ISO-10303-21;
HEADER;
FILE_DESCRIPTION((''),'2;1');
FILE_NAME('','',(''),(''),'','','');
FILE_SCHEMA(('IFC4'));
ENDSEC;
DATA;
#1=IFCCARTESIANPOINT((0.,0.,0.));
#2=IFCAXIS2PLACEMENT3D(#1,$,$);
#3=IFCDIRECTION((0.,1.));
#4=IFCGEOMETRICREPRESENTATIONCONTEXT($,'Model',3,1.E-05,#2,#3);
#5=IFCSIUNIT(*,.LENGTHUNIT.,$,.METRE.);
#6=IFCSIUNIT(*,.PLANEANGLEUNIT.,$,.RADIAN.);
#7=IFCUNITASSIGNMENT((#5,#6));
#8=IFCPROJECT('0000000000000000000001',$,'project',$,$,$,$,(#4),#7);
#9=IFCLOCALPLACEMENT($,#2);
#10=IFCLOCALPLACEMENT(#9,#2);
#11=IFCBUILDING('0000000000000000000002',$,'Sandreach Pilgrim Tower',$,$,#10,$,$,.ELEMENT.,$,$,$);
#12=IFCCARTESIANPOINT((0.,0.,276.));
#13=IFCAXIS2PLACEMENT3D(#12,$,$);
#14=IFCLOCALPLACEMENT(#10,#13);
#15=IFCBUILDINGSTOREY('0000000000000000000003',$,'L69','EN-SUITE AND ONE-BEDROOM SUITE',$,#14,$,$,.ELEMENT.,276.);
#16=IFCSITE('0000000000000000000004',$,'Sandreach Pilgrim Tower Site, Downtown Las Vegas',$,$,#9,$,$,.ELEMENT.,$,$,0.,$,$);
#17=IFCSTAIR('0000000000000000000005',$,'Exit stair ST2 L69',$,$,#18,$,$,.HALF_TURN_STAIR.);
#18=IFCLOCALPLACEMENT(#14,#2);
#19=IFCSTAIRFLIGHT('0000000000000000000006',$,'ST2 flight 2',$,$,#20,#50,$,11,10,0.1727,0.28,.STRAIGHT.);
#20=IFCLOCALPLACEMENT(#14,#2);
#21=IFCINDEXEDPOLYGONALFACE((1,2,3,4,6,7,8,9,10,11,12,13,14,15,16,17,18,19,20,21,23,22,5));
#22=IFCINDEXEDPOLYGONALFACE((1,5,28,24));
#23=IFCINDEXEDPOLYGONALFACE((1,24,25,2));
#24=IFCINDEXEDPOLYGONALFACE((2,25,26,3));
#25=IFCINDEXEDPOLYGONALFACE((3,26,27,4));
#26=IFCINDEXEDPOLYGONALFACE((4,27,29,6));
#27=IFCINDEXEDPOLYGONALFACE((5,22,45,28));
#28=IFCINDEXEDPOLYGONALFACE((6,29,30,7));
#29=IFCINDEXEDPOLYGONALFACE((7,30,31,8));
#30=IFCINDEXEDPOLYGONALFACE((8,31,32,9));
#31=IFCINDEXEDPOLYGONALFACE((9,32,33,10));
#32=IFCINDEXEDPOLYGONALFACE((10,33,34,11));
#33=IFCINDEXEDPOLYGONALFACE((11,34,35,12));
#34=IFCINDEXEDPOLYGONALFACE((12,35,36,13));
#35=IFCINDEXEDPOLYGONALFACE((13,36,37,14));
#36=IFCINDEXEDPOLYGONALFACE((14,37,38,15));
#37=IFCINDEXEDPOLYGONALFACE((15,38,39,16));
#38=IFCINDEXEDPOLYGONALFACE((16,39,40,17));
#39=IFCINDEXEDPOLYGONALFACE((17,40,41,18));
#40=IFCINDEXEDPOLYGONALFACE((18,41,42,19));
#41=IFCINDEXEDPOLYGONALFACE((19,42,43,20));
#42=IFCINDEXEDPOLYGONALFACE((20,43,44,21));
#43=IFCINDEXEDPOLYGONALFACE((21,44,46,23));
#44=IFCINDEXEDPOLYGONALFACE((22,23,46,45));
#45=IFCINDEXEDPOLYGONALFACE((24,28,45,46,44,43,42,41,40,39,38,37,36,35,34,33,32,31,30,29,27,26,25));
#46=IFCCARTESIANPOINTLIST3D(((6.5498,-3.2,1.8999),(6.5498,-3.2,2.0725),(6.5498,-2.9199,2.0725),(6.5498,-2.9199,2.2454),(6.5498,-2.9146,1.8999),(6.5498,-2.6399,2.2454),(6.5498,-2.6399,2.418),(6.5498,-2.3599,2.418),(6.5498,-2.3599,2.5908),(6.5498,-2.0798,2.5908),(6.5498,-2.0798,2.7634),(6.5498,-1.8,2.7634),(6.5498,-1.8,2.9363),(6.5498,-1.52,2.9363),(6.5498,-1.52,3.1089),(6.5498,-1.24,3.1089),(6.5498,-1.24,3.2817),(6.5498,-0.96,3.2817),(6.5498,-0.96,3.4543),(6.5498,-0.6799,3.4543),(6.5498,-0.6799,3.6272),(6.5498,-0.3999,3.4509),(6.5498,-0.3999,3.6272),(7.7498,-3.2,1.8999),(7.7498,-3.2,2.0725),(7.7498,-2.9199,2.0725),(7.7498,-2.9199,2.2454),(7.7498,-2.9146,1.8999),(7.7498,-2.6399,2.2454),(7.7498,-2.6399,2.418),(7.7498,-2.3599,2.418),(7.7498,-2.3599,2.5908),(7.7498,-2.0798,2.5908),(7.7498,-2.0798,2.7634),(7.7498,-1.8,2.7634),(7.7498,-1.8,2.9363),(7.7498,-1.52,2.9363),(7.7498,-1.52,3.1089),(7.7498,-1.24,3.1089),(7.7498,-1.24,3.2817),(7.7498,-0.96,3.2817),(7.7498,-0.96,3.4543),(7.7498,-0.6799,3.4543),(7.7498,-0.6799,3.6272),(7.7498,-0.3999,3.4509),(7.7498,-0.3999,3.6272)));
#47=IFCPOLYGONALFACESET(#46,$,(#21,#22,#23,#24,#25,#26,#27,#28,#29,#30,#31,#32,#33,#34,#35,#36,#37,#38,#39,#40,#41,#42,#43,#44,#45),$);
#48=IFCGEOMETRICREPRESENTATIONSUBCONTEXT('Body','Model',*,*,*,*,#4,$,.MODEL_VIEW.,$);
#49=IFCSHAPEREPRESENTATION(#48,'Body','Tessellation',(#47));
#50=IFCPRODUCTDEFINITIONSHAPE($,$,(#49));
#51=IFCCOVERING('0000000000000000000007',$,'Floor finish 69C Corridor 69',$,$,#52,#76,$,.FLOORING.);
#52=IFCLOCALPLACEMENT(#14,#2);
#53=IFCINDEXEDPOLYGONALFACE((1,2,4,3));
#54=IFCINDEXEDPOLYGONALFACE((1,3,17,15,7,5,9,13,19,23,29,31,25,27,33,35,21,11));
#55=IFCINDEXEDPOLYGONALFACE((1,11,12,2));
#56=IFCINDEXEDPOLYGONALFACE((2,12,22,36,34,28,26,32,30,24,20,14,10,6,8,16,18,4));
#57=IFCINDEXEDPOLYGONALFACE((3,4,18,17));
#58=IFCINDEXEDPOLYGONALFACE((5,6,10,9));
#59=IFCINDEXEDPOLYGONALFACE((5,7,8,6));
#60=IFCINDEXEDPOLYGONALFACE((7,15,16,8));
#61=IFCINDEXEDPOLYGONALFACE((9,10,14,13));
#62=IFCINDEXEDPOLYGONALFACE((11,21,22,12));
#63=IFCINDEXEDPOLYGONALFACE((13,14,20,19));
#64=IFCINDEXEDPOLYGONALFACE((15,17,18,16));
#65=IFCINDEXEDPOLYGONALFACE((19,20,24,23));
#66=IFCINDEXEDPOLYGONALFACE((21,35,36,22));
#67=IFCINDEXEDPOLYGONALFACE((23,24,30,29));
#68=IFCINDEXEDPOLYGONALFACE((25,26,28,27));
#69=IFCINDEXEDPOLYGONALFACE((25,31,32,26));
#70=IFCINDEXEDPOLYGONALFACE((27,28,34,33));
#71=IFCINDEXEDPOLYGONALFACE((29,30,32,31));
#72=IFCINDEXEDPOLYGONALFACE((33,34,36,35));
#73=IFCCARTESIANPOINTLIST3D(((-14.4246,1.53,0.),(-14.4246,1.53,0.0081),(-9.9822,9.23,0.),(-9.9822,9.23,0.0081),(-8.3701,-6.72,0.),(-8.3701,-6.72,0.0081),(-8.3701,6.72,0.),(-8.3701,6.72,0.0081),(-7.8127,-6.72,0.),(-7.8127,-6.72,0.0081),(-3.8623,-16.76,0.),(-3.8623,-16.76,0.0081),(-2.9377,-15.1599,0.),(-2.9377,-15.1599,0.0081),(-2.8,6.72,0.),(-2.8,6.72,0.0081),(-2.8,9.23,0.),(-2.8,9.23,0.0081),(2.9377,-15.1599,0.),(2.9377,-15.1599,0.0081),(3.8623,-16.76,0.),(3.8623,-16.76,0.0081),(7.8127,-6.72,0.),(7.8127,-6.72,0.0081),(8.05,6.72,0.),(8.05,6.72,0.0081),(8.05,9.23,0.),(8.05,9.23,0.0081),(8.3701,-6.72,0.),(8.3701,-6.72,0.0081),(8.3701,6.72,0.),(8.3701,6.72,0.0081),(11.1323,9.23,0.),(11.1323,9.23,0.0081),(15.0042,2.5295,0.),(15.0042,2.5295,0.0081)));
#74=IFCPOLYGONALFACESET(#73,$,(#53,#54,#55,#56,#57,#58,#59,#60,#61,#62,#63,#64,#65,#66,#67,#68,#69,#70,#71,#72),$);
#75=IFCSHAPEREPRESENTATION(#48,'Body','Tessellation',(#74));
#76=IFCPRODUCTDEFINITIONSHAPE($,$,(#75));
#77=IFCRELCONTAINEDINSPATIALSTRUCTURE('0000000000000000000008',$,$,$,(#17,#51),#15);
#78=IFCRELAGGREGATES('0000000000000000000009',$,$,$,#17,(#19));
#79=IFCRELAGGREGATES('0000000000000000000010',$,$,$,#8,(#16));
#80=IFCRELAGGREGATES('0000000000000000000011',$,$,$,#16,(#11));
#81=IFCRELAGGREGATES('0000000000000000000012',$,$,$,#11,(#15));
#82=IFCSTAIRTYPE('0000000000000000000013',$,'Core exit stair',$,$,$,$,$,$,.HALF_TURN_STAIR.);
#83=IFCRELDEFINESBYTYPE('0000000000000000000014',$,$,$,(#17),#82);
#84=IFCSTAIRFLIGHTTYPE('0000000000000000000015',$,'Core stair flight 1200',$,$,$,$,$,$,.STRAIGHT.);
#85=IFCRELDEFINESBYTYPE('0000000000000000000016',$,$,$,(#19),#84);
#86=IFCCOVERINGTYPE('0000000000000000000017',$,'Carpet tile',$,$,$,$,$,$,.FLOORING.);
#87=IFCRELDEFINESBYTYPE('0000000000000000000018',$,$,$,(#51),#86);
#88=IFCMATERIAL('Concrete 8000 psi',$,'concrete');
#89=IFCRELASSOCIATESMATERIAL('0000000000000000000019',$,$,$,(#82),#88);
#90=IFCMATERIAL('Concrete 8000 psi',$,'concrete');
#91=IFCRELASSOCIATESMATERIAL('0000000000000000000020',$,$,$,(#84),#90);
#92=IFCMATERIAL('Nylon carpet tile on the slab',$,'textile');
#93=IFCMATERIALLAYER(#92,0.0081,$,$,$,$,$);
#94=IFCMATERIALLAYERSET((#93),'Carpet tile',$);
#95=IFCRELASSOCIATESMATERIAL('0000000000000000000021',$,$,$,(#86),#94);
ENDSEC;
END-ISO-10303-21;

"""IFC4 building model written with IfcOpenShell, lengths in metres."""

from ifc_helpers import new_model, si_unit, direction, frame, origin, place, context, subcontext, project, spatial, polyline, outline, extrude, material, layer, layer_set, type_object, element, aggregate, save


model = new_model("IFC4")

# Units and contexts
model_context = context("Model", 3, precision=1e-05, world=origin(), true_north=direction((0.0, 1.0)))
body_context = subcontext(model_context, "Body", "Model", "MODEL_VIEW")
ifc_project = project(units=[si_unit("LENGTHUNIT", "METRE"), si_unit("PLANEANGLEUNIT", "RADIAN")], contexts=[model_context])

# Site, building, storey
site_placement = place(None, origin())
site = spatial("IfcSite", under=ifc_project, at=site_placement, Name="Sandreach Pilgrim Tower Site, Downtown Las Vegas", CompositionType="ELEMENT", RefElevation=0.0)
building_placement = place(site_placement, origin())
building = spatial("IfcBuilding", under=site, at=building_placement, Name="Sandreach Pilgrim Tower", CompositionType="ELEMENT")
storey_placement = place(building_placement, frame((0.0, 0.0, 276.0)))
storey = spatial("IfcBuildingStorey", under=building, at=storey_placement, Name="L69", Description="EN-SUITE AND ONE-BEDROOM SUITE", CompositionType="ELEMENT", Elevation=276.0)

# Stair
ifc_material_1 = material(Name="Concrete 8000 psi", Category="concrete")
stair_type = type_object("IfcStairType", Name="Core exit stair", PredefinedType="HALF_TURN_STAIR", material=ifc_material_1)
stair_1_placement = place(storey_placement, origin())
stair_1 = element("IfcStair", 1, at=stair_1_placement, inside=storey, type_object=stair_type, Name="Exit stair ST2 L69", PredefinedType="HALF_TURN_STAIR")

# Stair flight
ifc_material_2 = material(Name="Concrete 8000 psi", Category="concrete")
stair_flight_type = type_object("IfcStairFlightType", Name="Core stair flight 1200", PredefinedType="STRAIGHT", material=ifc_material_2)
stair_flight_1_placement = place(storey_placement, frame((7.1499, -3.2, 1.8999), z_axis=(0.0, 0.0, 1.0), x_axis=(0.0, 1.0, 0.0)))
stair_flight_1 = element("IfcStairFlight", 2, at=stair_flight_1_placement, type_object=stair_flight_type, Name="ST2 flight 2", NumberOfRisers=11, NumberOfTreads=10, PredefinedType="STRAIGHT", RiserHeight=0.1727, TreadLength=0.28, context=body_context, shape_type="SweptSolid", body=[
    extrude(outline(polyline([(0.0, 0.0), (0.0, 0.1726), (0.28, 0.1726), (0.28, 0.3455), (0.5601, 0.3455), (0.5601, 0.5181), (0.8401, 0.5181), (0.8401, 0.6909), (1.1201, 0.6909), (1.1201, 0.8635), (1.3999, 0.8635), (1.3999, 1.0364), (1.6799, 1.0364), (1.6799, 1.209), (1.96, 1.209), (1.96, 1.3818), (2.24, 1.3818), (2.24, 1.5544), (2.52, 1.5544), (2.52, 1.7273), (2.8, 1.7273), (2.8, 1.8999), (2.8, 1.551), (0.2854, 0.0), (0.0, 0.0)])), frame((0.0, 0.6001, 0.0), z_axis=(0.0, -1.0, 0.0), x_axis=(1.0, 0.0, 0.0)), (0.0, 0.0, 1.0), 1.2),
])
aggregate(stair_1, [stair_flight_1])

# Covering
ifc_material_3 = material(Name="Nylon carpet tile on the slab", Category="textile")
ifc_layer_1 = layer(ifc_material_3, 0.0081)
ifc_layer_set_1 = layer_set([ifc_layer_1], Name="Carpet tile")
covering_type = type_object("IfcCoveringType", Name="Carpet tile", PredefinedType="FLOORING", material=ifc_layer_set_1)
covering_placement = place(storey_placement, origin())
element("IfcCovering", 3, at=covering_placement, inside=storey, type_object=covering_type, Name="Floor finish 69C Corridor 69", PredefinedType="FLOORING", context=body_context, shape_type="SweptSolid", body=[
    extrude(outline(polyline([(-14.4246, 1.53), (-9.9822, 9.23), (-2.8, 9.23), (-2.8, 6.72), (-8.3701, 6.72), (-8.3701, -6.72), (-7.8127, -6.72), (-2.9377, -15.1599), (2.9377, -15.1599), (7.8127, -6.72), (8.3701, -6.72), (8.3701, 6.72), (8.05, 6.72), (8.05, 9.23), (11.1323, 9.23), (15.0042, 2.5295), (3.8623, -16.76), (-3.8623, -16.76), (-14.4246, 1.53)])), origin(), (0.0, 0.0, 1.0), 0.0081),
])

save(model, "model.ifc")
